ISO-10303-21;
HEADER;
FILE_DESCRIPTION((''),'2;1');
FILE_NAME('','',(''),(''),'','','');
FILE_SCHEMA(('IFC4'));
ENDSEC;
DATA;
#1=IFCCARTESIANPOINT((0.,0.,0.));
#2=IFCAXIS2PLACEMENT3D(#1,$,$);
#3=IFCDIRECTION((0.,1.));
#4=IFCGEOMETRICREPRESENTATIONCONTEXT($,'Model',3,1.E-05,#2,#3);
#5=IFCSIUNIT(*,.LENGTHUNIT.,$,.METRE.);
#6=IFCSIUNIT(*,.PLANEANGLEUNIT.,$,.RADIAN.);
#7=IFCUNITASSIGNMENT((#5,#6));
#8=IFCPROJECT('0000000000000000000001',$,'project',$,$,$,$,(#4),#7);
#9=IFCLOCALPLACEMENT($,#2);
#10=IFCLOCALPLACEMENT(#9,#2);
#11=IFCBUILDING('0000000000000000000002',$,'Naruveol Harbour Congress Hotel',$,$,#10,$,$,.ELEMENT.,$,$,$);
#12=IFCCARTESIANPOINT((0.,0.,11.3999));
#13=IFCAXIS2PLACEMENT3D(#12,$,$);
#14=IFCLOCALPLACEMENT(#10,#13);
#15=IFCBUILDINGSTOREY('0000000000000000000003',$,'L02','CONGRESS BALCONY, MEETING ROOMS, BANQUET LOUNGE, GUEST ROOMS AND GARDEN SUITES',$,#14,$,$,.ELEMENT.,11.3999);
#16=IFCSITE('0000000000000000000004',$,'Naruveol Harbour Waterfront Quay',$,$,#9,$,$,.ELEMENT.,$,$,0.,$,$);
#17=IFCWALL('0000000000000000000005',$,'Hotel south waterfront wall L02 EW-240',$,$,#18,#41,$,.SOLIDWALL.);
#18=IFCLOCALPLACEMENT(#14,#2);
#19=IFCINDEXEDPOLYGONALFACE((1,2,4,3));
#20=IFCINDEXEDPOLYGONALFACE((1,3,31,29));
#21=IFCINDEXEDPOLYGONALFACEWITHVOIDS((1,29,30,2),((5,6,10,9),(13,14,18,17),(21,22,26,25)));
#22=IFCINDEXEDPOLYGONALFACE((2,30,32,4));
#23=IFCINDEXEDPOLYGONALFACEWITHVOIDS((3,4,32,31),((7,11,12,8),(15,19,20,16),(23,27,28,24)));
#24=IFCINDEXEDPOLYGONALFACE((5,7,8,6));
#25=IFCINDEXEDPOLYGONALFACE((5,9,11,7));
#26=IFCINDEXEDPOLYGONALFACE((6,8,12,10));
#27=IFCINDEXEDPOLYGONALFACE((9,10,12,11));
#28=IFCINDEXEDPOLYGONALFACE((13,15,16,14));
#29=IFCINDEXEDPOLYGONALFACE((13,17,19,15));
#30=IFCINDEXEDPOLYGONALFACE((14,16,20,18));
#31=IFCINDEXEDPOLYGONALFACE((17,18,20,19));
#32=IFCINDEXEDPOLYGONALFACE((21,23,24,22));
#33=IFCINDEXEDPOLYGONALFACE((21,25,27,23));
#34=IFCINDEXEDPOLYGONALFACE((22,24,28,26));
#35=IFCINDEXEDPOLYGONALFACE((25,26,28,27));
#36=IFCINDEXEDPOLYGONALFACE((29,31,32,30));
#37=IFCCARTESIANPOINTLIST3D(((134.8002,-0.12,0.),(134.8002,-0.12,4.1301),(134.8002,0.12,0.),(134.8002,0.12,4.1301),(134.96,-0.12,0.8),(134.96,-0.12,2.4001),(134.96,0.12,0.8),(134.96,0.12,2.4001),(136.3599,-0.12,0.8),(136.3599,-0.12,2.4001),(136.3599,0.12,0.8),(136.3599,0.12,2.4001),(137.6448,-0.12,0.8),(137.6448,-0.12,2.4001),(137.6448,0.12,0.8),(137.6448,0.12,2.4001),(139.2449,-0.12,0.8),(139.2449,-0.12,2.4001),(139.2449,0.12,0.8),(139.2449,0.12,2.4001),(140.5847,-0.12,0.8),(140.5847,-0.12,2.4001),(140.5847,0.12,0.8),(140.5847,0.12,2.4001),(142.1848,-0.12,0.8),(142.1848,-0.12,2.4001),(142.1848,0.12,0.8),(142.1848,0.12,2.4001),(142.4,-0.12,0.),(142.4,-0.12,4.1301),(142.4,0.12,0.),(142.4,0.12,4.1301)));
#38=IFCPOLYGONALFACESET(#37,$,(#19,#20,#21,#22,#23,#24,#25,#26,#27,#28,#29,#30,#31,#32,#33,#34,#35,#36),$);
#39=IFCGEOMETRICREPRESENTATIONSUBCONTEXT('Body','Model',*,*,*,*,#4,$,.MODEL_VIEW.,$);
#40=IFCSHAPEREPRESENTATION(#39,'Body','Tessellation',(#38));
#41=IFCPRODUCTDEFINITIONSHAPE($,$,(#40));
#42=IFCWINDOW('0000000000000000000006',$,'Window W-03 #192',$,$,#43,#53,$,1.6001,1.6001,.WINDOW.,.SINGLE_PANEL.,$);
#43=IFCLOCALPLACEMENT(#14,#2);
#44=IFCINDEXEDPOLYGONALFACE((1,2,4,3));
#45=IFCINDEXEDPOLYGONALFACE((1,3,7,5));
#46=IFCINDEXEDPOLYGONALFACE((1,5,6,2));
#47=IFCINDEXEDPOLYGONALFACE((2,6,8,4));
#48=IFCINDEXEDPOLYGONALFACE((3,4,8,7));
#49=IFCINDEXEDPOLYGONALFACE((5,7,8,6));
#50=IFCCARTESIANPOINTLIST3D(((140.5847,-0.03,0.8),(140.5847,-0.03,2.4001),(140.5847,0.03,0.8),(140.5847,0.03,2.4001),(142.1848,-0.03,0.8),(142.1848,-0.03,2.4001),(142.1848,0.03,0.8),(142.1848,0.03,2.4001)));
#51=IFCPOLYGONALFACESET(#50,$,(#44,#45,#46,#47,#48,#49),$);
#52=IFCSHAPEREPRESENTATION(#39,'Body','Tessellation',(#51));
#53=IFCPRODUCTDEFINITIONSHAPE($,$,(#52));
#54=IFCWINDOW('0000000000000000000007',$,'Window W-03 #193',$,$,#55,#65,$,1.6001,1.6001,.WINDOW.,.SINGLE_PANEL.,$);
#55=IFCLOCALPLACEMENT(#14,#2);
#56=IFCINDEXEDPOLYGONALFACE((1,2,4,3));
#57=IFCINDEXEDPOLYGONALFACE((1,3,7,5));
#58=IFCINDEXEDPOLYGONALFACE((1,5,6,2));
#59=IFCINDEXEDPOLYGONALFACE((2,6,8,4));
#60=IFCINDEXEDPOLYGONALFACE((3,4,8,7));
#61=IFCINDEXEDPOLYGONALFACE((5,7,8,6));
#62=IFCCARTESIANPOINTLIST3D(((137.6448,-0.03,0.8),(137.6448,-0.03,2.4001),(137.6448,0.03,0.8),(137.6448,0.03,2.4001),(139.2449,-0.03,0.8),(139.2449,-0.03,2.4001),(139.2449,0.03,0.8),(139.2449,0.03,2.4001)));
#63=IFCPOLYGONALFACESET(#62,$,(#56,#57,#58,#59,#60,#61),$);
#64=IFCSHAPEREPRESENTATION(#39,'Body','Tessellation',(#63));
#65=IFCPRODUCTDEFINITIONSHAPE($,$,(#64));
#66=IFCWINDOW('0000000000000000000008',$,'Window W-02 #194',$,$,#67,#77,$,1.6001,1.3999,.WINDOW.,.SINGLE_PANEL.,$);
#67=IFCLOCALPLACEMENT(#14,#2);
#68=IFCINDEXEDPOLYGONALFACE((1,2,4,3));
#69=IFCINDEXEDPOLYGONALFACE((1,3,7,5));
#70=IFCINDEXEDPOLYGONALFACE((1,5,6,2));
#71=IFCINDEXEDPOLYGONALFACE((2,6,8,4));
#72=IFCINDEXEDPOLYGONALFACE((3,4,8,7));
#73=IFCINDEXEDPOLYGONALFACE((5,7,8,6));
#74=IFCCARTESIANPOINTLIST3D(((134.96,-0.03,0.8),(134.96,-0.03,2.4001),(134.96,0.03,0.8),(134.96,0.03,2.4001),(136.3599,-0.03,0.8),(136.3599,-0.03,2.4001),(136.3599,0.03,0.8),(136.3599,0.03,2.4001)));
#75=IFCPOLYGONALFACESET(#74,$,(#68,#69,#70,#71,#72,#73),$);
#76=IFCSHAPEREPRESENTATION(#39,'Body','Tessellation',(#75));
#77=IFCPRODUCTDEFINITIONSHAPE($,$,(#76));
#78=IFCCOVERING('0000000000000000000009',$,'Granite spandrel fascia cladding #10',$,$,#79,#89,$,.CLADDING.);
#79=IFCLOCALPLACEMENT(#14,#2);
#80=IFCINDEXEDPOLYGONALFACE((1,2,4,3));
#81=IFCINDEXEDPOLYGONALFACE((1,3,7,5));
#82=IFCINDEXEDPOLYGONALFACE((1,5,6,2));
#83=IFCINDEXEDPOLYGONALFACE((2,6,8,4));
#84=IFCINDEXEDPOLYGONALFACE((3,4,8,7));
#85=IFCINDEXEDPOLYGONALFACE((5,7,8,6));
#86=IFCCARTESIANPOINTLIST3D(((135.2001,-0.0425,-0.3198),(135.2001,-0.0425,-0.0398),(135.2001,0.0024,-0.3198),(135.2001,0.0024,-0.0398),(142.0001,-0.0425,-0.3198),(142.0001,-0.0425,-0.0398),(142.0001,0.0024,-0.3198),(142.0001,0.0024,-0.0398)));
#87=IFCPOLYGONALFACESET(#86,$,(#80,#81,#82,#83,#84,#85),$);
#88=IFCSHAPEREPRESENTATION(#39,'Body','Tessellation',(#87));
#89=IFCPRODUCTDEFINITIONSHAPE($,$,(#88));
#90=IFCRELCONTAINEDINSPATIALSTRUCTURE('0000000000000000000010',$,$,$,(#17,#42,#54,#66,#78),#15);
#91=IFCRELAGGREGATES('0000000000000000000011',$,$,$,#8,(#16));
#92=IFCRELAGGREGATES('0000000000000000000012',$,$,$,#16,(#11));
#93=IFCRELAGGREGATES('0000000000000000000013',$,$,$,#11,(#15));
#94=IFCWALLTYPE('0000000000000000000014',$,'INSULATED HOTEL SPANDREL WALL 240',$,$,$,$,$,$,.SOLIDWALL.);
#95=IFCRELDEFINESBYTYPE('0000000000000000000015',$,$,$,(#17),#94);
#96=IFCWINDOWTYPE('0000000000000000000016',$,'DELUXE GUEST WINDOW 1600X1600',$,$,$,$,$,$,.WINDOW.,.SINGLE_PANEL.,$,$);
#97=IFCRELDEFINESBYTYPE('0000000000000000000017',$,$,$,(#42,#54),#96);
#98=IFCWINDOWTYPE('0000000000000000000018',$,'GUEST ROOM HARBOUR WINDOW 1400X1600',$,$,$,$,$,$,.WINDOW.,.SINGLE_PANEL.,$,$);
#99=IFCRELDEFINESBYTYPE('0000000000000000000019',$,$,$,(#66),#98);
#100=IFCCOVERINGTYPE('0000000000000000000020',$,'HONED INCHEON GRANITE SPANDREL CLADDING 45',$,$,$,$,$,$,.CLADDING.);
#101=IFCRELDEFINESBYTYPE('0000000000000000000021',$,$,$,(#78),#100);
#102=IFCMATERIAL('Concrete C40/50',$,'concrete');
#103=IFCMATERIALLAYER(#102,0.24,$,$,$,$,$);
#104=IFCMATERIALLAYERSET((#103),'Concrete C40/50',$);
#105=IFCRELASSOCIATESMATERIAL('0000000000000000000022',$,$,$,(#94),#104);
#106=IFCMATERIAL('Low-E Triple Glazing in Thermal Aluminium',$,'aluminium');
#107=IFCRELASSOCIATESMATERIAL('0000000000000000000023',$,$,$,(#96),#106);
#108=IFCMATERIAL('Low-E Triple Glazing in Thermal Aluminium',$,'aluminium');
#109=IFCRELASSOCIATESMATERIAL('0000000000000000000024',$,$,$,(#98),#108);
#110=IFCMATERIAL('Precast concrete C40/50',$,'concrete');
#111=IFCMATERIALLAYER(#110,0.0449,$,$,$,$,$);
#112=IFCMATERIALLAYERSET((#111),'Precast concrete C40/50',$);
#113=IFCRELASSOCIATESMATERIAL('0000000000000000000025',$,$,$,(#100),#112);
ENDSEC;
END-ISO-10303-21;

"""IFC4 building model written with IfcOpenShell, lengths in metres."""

from ifc_helpers import new_model, si_unit, direction, frame, frame_2d, origin, origin_2d, place, context, subcontext, project, spatial, rectangle, extrude, material, layer, layer_set, type_object, element, fill, save


model = new_model("IFC4")

# Units and contexts
model_context = context("Model", 3, precision=1e-05, world=origin(), true_north=direction((0.0, 1.0)))
body_context = subcontext(model_context, "Body", "Model", "MODEL_VIEW")
ifc_project = project(units=[si_unit("LENGTHUNIT", "METRE"), si_unit("PLANEANGLEUNIT", "RADIAN")], contexts=[model_context])

# Site, building, storey
site_placement = place(None, origin())
site = spatial("IfcSite", under=ifc_project, at=site_placement, Name="Naruveol Harbour Waterfront Quay", CompositionType="ELEMENT", RefElevation=0.0)
building_placement = place(site_placement, origin())
building = spatial("IfcBuilding", under=site, at=building_placement, Name="Naruveol Harbour Congress Hotel", CompositionType="ELEMENT")
storey_placement = place(building_placement, frame((0.0, 0.0, 11.3999)))
storey = spatial("IfcBuildingStorey", under=building, at=storey_placement, Name="L02", Description="CONGRESS BALCONY, MEETING ROOMS, BANQUET LOUNGE, GUEST ROOMS AND GARDEN SUITES", CompositionType="ELEMENT", Elevation=11.3999)

# Wall, openings, windows
ifc_material_1 = material(Name="Concrete C40/50", Category="concrete")
ifc_layer_1 = layer(ifc_material_1, 0.24)
ifc_layer_set_1 = layer_set([ifc_layer_1], Name="Concrete C40/50")
wall_type_1 = type_object("IfcWallType", Name="INSULATED HOTEL SPANDREL WALL 240", PredefinedType="SOLIDWALL", material=ifc_layer_set_1)
wall_1_placement = place(storey_placement, frame((142.3999, 0.0, 0.0), z_axis=(0.0, 0.0, 1.0), x_axis=(-1.0, 0.0, 0.0)))
wall_1 = element("IfcWall", 1, at=wall_1_placement, inside=storey, type_object=wall_type_1, Name="Hotel south waterfront wall L02 EW-240", PredefinedType="SOLIDWALL", context=body_context, shape_type="SweptSolid", body=[
    extrude(rectangle(XDim=7.5999, YDim=0.24, at=frame_2d((3.7998, 0.0))), origin(), (0.0, 0.0, 1.0), 4.1301),
])
opening_1_placement = place(wall_1_placement, frame((0.2151, 0.0, 0.8)))
opening_1 = element("IfcOpeningElement", 2, at=opening_1_placement, cuts=wall_1, PredefinedType="OPENING", context=body_context, shape_type="SweptSolid", body=[
    extrude(rectangle(XDim=1.6001, YDim=1.6001, at=frame_2d((0.8, 0.8))), frame((0.0, 0.1299, 0.0), z_axis=(0.0, -1.0, 0.0), x_axis=(1.0, 0.0, 0.0)), (0.0, 0.0, 1.0), 0.26),
])
opening_2_placement = place(wall_1_placement, frame((3.155, 0.0, 0.8)))
opening_2 = element("IfcOpeningElement", 3, at=opening_2_placement, cuts=wall_1, PredefinedType="OPENING", context=body_context, shape_type="SweptSolid", body=[
    extrude(rectangle(XDim=1.6001, YDim=1.6001, at=frame_2d((0.8, 0.8))), frame((0.0, 0.1299, 0.0), z_axis=(0.0, -1.0, 0.0), x_axis=(1.0, 0.0, 0.0)), (0.0, 0.0, 1.0), 0.26),
])
opening_3_placement = place(wall_1_placement, frame((6.04, 0.0, 0.8)))
opening_3 = element("IfcOpeningElement", 4, at=opening_3_placement, cuts=wall_1, PredefinedType="OPENING", context=body_context, shape_type="SweptSolid", body=[
    extrude(rectangle(XDim=1.3999, YDim=1.6001, at=frame_2d((0.7, 0.8))), frame((0.0, 0.1299, 0.0), z_axis=(0.0, -1.0, 0.0), x_axis=(1.0, 0.0, 0.0)), (0.0, 0.0, 1.0), 0.26),
])
ifc_material_2 = material(Name="Low-E Triple Glazing in Thermal Aluminium", Category="aluminium")
window_type_1 = type_object("IfcWindowType", Name="DELUXE GUEST WINDOW 1600X1600", PartitioningType="SINGLE_PANEL", PredefinedType="WINDOW", material=ifc_material_2)
window_1_placement = place(opening_1_placement, origin())
window_1 = element("IfcWindow", 5, at=window_1_placement, inside=storey, type_object=window_type_1, Name="Window W-03 #192", OverallHeight=1.6001, OverallWidth=1.6001, PartitioningType="SINGLE_PANEL", PredefinedType="WINDOW", context=body_context, shape_type="SweptSolid", body=[
    extrude(rectangle(XDim=1.6001, YDim=1.6001, at=frame_2d((0.8, 0.8))), frame((0.0, 0.03, 0.0), z_axis=(0.0, -1.0, 0.0), x_axis=(1.0, 0.0, 0.0)), (0.0, 0.0, 1.0), 0.0601),
])
fill(opening_1, window_1)
window_2_placement = place(opening_2_placement, origin())
window_2 = element("IfcWindow", 6, at=window_2_placement, inside=storey, type_object=window_type_1, Name="Window W-03 #193", OverallHeight=1.6001, OverallWidth=1.6001, PartitioningType="SINGLE_PANEL", PredefinedType="WINDOW", context=body_context, shape_type="SweptSolid", body=[
    extrude(rectangle(XDim=1.6001, YDim=1.6001, at=frame_2d((0.8, 0.8))), frame((0.0, 0.03, 0.0), z_axis=(0.0, -1.0, 0.0), x_axis=(1.0, 0.0, 0.0)), (0.0, 0.0, 1.0), 0.0601),
])
fill(opening_2, window_2)
ifc_material_3 = material(Name="Low-E Triple Glazing in Thermal Aluminium", Category="aluminium")
window_type_2 = type_object("IfcWindowType", Name="GUEST ROOM HARBOUR WINDOW 1400X1600", PartitioningType="SINGLE_PANEL", PredefinedType="WINDOW", material=ifc_material_3)
window_3_placement = place(opening_3_placement, origin())
window_3 = element("IfcWindow", 7, at=window_3_placement, inside=storey, type_object=window_type_2, Name="Window W-02 #194", OverallHeight=1.6001, OverallWidth=1.3999, PartitioningType="SINGLE_PANEL", PredefinedType="WINDOW", context=body_context, shape_type="SweptSolid", body=[
    extrude(rectangle(XDim=1.3999, YDim=1.6001, at=frame_2d((0.7, 0.8))), frame((0.0, 0.03, 0.0), z_axis=(0.0, -1.0, 0.0), x_axis=(1.0, 0.0, 0.0)), (0.0, 0.0, 1.0), 0.0601),
])
fill(opening_3, window_3)

# Covering
ifc_material_4 = material(Name="Precast concrete C40/50", Category="concrete")
ifc_layer_2 = layer(ifc_material_4, 0.0449)
ifc_layer_set_2 = layer_set([ifc_layer_2], Name="Precast concrete C40/50")
covering_type = type_object("IfcCoveringType", Name="HONED INCHEON GRANITE SPANDREL CLADDING 45", PredefinedType="CLADDING", material=ifc_layer_set_2)
covering_placement = place(storey_placement, frame((138.6001, -0.02, -0.3198), z_axis=(0.0, 0.0, 1.0), x_axis=(1.0, 0.0, 0.0)))
element("IfcCovering", 8, at=covering_placement, inside=storey, type_object=covering_type, Name="Granite spandrel fascia cladding #10", PredefinedType="CLADDING", context=body_context, shape_type="SweptSolid", body=[
    extrude(rectangle(XDim=6.8, YDim=0.0449, at=origin_2d()), origin(), (0.0, 0.0, 1.0), 0.28),
])

save(model, "model.ifc")
